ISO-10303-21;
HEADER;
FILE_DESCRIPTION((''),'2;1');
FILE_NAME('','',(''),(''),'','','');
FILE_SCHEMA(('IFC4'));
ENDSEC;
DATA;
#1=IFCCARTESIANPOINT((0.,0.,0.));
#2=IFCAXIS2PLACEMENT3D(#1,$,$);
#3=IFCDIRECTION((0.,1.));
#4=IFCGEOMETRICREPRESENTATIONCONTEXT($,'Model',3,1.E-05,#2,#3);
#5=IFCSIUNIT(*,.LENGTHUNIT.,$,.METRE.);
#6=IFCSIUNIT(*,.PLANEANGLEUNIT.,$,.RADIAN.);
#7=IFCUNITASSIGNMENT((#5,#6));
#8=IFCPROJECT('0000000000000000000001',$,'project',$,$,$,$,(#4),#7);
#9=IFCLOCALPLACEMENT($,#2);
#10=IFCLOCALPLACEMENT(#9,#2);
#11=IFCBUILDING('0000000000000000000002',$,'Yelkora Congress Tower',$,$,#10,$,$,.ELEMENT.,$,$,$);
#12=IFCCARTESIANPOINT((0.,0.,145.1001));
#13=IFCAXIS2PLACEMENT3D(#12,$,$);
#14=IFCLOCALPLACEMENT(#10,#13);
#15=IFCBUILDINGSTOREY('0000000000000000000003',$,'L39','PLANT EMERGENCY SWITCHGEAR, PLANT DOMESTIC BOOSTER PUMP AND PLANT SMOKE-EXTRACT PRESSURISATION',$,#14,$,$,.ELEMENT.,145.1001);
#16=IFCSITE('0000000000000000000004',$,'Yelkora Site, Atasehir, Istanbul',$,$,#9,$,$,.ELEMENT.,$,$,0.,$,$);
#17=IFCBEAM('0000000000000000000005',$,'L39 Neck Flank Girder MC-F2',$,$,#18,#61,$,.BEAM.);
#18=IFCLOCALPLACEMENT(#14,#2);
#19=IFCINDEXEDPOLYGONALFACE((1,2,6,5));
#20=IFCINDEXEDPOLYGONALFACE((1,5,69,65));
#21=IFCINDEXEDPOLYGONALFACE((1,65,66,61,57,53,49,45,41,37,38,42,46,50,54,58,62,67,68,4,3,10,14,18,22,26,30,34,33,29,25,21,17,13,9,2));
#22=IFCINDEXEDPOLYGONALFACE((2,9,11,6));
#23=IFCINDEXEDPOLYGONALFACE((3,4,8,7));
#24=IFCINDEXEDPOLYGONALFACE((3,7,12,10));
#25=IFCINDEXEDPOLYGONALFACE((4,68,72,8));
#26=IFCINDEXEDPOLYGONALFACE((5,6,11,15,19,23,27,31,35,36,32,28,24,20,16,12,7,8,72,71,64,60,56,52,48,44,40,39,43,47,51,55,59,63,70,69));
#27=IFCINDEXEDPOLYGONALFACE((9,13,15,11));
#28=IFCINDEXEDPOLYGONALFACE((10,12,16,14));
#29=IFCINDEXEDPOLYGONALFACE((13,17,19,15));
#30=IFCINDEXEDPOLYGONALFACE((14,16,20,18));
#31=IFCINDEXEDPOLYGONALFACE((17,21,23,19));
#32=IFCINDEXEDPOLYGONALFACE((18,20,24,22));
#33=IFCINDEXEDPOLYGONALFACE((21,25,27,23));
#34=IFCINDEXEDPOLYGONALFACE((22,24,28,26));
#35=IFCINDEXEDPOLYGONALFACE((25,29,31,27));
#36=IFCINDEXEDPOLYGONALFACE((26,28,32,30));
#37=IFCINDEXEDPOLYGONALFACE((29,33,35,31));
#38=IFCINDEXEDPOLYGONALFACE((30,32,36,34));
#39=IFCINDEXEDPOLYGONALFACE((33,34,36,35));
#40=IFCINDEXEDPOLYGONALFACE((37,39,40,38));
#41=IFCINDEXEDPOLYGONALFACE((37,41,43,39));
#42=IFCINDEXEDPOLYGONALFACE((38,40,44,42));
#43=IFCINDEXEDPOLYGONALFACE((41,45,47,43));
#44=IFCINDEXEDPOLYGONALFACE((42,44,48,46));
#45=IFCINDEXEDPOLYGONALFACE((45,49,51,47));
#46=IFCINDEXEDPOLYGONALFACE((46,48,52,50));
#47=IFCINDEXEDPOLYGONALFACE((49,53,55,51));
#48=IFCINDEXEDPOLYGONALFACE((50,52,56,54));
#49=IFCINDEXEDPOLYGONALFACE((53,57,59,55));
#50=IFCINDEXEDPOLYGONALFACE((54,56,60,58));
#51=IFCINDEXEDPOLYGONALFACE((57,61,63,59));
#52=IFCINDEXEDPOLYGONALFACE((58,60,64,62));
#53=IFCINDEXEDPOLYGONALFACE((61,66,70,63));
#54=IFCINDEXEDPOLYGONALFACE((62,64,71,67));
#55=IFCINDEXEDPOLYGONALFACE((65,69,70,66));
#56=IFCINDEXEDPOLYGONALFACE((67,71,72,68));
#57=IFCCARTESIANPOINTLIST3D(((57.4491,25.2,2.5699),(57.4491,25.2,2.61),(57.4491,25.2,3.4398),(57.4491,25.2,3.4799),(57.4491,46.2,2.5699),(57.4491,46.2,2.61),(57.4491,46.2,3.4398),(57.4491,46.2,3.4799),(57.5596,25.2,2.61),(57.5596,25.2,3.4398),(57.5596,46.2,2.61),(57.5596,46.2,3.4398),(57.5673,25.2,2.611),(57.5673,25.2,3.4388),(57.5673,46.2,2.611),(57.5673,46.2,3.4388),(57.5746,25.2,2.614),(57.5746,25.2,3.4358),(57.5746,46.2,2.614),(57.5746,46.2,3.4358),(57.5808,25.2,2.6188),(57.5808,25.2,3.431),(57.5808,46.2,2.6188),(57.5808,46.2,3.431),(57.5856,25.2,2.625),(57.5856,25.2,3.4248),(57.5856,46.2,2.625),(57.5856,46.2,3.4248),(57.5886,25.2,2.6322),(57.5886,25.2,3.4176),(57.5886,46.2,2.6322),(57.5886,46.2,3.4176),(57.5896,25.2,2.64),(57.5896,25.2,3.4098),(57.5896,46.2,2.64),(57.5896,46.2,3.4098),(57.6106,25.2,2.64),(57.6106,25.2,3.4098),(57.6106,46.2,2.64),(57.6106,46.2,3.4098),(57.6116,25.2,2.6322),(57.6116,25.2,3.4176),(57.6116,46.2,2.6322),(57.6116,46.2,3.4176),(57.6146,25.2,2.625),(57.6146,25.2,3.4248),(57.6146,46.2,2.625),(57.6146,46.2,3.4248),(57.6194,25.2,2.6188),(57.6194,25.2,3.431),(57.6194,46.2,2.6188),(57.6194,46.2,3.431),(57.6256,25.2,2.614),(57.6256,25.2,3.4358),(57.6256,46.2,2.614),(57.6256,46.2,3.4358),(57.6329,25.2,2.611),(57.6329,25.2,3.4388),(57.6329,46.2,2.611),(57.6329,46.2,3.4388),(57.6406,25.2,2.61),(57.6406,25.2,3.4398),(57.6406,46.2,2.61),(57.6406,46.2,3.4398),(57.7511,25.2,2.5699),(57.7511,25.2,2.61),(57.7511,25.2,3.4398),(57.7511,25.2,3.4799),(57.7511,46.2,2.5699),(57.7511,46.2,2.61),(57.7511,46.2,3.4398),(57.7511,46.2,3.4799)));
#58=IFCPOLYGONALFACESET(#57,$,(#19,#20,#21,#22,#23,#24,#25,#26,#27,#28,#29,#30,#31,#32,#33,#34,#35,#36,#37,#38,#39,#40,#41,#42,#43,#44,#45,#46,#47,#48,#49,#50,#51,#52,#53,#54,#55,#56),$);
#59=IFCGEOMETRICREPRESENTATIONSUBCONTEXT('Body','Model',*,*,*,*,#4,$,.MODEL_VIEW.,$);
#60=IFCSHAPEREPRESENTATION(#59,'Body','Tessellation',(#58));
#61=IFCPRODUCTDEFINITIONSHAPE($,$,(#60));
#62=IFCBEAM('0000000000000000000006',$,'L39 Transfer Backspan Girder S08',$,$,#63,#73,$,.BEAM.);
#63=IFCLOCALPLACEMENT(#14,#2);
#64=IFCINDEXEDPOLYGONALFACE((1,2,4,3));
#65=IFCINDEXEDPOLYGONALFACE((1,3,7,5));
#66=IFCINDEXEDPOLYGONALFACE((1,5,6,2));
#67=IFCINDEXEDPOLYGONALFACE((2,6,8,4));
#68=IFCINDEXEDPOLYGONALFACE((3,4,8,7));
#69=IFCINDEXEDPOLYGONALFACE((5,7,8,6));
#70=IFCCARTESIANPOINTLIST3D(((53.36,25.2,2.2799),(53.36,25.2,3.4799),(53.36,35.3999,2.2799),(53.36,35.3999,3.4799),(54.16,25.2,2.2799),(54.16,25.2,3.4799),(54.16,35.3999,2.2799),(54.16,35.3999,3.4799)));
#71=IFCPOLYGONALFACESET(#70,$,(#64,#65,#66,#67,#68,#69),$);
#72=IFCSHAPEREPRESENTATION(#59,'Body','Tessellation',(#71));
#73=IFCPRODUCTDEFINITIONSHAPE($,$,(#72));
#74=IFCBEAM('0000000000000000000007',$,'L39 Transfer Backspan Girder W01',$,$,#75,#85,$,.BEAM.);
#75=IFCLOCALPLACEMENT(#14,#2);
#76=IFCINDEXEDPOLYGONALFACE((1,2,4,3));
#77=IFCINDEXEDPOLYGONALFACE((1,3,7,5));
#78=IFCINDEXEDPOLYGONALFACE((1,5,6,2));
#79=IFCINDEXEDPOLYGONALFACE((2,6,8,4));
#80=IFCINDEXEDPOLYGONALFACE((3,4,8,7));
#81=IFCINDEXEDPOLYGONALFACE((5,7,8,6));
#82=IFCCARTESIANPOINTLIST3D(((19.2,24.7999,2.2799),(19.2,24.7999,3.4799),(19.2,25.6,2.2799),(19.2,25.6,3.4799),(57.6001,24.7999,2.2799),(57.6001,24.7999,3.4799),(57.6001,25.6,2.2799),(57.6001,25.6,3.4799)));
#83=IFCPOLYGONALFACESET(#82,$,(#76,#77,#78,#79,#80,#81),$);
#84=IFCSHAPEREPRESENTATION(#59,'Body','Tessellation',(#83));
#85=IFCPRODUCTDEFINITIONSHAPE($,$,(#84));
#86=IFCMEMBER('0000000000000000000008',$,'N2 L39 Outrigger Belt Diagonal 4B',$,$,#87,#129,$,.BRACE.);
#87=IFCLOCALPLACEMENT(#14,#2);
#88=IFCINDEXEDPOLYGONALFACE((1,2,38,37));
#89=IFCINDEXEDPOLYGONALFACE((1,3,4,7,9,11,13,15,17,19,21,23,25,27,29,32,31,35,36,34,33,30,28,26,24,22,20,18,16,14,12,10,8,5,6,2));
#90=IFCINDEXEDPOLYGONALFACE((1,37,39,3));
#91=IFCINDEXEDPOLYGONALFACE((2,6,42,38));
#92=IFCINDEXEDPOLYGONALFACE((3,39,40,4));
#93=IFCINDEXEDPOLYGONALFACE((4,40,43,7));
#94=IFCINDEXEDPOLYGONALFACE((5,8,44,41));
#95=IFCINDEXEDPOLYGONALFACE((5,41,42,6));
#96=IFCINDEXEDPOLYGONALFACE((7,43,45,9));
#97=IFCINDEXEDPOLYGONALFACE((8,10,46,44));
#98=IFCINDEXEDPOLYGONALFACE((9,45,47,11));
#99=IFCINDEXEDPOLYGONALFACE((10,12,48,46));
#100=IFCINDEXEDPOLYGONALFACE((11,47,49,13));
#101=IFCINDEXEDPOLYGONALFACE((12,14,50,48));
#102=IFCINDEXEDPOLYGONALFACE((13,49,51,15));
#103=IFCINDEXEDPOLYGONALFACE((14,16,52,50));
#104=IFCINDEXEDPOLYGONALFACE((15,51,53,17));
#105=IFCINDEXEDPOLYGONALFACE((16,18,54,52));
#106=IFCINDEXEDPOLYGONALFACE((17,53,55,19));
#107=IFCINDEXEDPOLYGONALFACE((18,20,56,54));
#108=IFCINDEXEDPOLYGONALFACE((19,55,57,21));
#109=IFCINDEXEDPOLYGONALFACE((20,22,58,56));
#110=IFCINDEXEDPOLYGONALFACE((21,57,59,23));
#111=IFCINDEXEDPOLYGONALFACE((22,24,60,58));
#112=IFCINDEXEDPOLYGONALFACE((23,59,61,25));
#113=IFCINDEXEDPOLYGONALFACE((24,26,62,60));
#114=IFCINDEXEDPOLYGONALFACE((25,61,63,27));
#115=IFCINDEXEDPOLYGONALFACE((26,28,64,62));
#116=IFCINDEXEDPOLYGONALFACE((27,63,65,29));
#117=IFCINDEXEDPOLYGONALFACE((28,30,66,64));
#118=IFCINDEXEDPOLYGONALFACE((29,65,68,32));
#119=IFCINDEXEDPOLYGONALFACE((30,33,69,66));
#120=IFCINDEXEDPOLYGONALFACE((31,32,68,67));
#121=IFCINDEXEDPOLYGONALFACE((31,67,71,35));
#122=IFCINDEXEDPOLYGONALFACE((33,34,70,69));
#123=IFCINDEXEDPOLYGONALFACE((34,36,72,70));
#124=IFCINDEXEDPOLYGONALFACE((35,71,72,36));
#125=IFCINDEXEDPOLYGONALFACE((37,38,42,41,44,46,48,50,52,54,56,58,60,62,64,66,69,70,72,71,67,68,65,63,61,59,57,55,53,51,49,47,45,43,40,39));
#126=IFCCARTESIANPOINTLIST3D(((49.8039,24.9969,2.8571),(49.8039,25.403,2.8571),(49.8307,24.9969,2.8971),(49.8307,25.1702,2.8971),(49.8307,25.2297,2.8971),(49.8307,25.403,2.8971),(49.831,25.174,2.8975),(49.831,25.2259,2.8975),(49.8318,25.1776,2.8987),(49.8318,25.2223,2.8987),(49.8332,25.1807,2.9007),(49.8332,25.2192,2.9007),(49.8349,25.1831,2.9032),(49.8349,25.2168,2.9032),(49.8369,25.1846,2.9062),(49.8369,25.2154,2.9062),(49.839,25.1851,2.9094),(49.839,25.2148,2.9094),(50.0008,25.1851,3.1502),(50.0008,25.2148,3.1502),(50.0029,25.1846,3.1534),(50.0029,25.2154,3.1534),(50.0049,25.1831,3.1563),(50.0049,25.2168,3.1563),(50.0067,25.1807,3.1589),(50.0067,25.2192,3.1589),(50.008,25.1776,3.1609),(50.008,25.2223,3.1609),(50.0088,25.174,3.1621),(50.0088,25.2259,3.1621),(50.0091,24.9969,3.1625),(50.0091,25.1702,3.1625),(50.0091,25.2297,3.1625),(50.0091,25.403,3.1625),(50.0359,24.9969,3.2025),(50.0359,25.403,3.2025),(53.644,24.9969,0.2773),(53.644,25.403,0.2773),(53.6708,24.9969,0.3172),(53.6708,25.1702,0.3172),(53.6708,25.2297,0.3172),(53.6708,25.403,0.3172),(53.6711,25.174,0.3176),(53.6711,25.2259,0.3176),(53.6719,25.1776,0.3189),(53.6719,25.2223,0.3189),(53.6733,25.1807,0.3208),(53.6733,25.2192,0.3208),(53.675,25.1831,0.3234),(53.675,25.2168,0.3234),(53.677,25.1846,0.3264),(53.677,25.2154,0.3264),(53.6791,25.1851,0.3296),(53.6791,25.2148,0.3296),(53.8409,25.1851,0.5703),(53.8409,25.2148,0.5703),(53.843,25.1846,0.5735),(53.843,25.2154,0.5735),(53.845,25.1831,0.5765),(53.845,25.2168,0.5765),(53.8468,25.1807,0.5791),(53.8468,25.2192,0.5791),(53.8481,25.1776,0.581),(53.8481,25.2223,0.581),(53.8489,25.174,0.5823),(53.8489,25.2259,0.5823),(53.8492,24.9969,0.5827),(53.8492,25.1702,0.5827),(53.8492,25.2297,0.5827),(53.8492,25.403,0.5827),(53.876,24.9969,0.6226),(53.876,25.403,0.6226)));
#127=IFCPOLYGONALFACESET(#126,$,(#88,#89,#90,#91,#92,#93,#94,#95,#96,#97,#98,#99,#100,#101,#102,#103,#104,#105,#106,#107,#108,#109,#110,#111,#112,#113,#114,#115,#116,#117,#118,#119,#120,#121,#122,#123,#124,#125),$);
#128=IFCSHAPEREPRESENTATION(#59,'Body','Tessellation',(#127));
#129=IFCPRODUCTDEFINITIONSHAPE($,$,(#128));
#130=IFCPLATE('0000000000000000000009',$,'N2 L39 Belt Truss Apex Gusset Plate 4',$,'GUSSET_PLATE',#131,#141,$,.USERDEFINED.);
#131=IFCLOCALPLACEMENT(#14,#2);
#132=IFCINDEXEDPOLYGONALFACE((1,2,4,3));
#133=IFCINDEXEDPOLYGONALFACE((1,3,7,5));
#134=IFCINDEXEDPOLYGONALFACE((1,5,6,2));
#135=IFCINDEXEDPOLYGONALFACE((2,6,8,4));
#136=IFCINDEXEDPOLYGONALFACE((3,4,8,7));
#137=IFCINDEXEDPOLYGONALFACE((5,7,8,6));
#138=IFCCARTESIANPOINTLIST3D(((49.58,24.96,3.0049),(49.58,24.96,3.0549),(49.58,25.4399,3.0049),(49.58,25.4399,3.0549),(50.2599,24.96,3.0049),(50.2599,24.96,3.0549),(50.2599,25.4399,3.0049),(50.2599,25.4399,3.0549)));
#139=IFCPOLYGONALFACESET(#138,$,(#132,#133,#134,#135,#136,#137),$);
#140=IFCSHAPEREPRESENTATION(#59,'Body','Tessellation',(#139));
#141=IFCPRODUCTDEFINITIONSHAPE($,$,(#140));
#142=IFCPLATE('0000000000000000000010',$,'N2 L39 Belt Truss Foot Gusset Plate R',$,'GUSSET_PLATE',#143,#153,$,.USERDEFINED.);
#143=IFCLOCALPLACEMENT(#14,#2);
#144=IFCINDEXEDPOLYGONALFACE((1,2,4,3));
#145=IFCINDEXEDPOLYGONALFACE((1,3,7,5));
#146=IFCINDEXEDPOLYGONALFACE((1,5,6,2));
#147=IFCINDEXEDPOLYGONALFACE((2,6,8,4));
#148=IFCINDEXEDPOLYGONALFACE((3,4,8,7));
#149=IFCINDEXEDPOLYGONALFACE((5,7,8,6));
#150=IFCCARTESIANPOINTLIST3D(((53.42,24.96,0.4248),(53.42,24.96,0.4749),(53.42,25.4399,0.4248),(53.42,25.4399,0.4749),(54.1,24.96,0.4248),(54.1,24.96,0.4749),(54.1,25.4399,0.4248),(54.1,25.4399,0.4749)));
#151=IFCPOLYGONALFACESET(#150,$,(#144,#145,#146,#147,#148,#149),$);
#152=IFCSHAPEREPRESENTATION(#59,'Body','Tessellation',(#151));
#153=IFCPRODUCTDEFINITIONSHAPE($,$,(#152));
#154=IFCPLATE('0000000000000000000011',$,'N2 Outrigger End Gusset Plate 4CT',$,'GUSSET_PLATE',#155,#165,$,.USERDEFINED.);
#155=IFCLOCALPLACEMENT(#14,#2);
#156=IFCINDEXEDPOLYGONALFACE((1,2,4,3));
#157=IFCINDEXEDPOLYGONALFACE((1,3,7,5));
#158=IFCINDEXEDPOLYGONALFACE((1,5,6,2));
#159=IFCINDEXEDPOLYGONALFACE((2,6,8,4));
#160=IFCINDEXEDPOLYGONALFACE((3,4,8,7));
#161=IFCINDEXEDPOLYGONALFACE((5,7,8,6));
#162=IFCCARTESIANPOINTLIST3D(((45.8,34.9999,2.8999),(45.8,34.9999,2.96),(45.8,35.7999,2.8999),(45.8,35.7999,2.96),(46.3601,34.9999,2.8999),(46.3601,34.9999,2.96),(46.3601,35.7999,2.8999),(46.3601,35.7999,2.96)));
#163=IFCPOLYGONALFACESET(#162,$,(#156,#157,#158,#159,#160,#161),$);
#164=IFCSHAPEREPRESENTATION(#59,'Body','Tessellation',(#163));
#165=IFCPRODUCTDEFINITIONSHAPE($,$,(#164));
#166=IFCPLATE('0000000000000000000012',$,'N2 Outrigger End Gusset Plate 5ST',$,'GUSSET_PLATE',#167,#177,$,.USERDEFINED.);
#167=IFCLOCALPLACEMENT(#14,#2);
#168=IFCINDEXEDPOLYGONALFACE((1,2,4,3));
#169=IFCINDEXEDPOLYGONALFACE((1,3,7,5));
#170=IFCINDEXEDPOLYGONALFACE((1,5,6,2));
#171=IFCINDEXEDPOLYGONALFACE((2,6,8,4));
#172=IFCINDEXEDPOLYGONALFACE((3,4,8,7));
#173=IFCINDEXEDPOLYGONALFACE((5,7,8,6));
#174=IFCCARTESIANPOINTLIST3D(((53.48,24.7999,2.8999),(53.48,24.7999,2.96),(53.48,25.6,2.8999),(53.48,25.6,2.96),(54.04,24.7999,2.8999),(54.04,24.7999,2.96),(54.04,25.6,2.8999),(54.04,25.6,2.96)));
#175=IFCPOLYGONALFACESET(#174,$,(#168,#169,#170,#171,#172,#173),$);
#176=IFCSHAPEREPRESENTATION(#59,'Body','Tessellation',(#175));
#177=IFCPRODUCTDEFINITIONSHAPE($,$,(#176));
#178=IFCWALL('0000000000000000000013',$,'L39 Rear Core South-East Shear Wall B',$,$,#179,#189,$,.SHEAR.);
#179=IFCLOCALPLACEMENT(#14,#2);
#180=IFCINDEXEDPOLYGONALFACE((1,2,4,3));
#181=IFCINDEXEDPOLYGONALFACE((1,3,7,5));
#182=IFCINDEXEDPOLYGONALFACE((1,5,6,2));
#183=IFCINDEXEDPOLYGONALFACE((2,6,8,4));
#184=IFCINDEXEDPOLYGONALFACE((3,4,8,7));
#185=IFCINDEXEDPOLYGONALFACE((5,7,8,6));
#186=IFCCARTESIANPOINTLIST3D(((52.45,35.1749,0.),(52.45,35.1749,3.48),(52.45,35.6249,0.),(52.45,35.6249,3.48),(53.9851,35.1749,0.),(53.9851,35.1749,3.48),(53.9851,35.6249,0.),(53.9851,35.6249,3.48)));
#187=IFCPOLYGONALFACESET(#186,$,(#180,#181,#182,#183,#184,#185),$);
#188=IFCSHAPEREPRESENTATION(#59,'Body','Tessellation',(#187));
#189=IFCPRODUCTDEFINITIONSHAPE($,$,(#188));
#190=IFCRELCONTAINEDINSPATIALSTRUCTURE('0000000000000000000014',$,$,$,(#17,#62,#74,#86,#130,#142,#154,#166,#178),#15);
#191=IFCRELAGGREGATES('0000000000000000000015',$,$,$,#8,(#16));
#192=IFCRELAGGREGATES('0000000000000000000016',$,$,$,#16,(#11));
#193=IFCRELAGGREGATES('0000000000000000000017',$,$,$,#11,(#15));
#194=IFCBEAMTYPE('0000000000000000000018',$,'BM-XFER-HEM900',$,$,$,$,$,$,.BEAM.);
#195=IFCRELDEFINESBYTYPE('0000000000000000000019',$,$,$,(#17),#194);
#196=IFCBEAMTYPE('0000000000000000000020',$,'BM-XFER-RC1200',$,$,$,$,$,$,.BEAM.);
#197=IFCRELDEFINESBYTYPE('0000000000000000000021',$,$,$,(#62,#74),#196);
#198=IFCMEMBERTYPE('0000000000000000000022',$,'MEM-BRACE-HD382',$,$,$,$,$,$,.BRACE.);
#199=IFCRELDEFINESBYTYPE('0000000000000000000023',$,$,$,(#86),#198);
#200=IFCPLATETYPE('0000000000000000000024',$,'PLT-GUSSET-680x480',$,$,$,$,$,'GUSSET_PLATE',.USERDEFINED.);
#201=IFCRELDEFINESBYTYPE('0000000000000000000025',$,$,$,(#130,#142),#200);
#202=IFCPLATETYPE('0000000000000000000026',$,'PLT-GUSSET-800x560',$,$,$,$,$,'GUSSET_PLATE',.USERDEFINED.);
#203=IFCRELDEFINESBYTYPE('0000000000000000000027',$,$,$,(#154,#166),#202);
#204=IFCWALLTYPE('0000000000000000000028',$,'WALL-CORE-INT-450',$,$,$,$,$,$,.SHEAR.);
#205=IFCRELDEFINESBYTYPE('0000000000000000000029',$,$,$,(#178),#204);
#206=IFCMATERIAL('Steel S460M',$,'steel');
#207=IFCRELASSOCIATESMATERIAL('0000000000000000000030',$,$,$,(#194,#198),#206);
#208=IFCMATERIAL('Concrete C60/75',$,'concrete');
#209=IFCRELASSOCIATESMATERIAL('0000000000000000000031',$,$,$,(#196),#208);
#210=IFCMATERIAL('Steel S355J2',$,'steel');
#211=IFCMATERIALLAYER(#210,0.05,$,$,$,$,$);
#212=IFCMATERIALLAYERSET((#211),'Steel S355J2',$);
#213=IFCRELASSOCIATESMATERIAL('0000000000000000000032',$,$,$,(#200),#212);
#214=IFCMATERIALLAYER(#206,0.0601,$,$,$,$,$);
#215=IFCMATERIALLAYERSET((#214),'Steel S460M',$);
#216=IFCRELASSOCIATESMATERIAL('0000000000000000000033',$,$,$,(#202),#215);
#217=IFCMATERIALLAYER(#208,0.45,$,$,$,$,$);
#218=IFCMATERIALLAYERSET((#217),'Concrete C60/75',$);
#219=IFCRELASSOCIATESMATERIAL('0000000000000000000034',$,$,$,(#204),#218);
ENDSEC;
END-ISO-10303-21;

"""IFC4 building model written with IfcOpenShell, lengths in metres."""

from ifc_helpers import new_model, si_unit, direction, frame, frame_2d, origin, origin_2d, place, context, subcontext, project, spatial, rectangle, i_section, extrude, material, layer, layer_set, material_profile, profile_set, type_object, element, save


model = new_model("IFC4")

# Units and contexts
model_context = context("Model", 3, precision=1e-05, world=origin(), true_north=direction((0.0, 1.0)))
body_context = subcontext(model_context, "Body", "Model", "MODEL_VIEW")
ifc_project = project(units=[si_unit("LENGTHUNIT", "METRE"), si_unit("PLANEANGLEUNIT", "RADIAN")], contexts=[model_context])

# Site, building, storey
site_placement = place(None, origin())
site = spatial("IfcSite", under=ifc_project, at=site_placement, Name="Yelkora Site, Atasehir, Istanbul", CompositionType="ELEMENT", RefElevation=0.0)
building_placement = place(site_placement, origin())
building = spatial("IfcBuilding", under=site, at=building_placement, Name="Yelkora Congress Tower", CompositionType="ELEMENT")
storey_placement = place(building_placement, frame((0.0, 0.0, 145.1001)))
storey = spatial("IfcBuildingStorey", under=building, at=storey_placement, Name="L39", Description="PLANT EMERGENCY SWITCHGEAR, PLANT DOMESTIC BOOSTER PUMP AND PLANT SMOKE-EXTRACT PRESSURISATION", CompositionType="ELEMENT", Elevation=145.1001)

# Shared definitions
ifc_material_1 = material(Name="Steel S460M", Category="steel")

# Beams
ifc_material_profile_1 = material_profile(ifc_material_1, i_section(OverallWidth=0.302, OverallDepth=0.9099, WebThickness=0.021, FlangeThickness=0.04, FilletRadius=0.03, at=origin_2d()), Name="HEM 900")
ifc_profile_set_1 = profile_set([ifc_material_profile_1], Name="Steel S460M")
beam_type_1 = type_object("IfcBeamType", Name="BM-XFER-HEM900", PredefinedType="BEAM", material=ifc_profile_set_1)
beam_1_placement = place(storey_placement, frame((57.6001, 25.2, 3.0249), z_axis=(0.0, 1.0, 0.0), x_axis=(-1.0, 0.0, 0.0)))
element("IfcBeam", 1, at=beam_1_placement, inside=storey, type_object=beam_type_1, Name="L39 Neck Flank Girder MC-F2", PredefinedType="BEAM", context=body_context, shape_type="SweptSolid", body=[
    extrude(i_section(OverallWidth=0.302, OverallDepth=0.9099, WebThickness=0.021, FlangeThickness=0.04, FilletRadius=0.03, at=origin_2d()), origin(), (0.0, 0.0, 1.0), 21.0),
])
ifc_material_2 = material(Name="Concrete C60/75", Category="concrete")
ifc_material_profile_2 = material_profile(ifc_material_2, rectangle(XDim=0.8, YDim=1.2, at=origin_2d()), Name="RC 800x1200")
ifc_profile_set_2 = profile_set([ifc_material_profile_2], Name="Concrete C60/75")
beam_type_2 = type_object("IfcBeamType", Name="BM-XFER-RC1200", PredefinedType="BEAM", material=ifc_profile_set_2)
beam_2_placement = place(storey_placement, frame((53.76, 35.3999, 2.8799), z_axis=(0.0, -1.0, 0.0), x_axis=(1.0, 0.0, 0.0)))
element("IfcBeam", 2, at=beam_2_placement, inside=storey, type_object=beam_type_2, Name="L39 Transfer Backspan Girder S08", PredefinedType="BEAM", context=body_context, shape_type="SweptSolid", body=[
    extrude(rectangle(XDim=0.8, YDim=1.2, at=origin_2d()), origin(), (0.0, 0.0, 1.0), 10.2),
])
beam_3_placement = place(storey_placement, frame((57.6001, 25.2, 2.8799), z_axis=(-1.0, 0.0, 0.0), x_axis=(0.0, -1.0, 0.0)))
element("IfcBeam", 3, at=beam_3_placement, inside=storey, type_object=beam_type_2, Name="L39 Transfer Backspan Girder W01", PredefinedType="BEAM", context=body_context, shape_type="SweptSolid", body=[
    extrude(rectangle(XDim=0.8, YDim=1.2, at=origin_2d()), origin(), (0.0, 0.0, 1.0), 38.4001),
])

# Member
ifc_material_profile_3 = material_profile(ifc_material_1, i_section(OverallWidth=0.406, OverallDepth=0.416, WebThickness=0.0298, FlangeThickness=0.0481, FilletRadius=0.0149, at=origin_2d()), Name="HD 400x382")
ifc_profile_set_3 = profile_set([ifc_material_profile_3], Name="Steel S460M")
member_type = type_object("IfcMemberType", Name="MEM-BRACE-HD382", PredefinedType="BRACE", material=ifc_profile_set_3)
member_placement = place(storey_placement, frame((53.76, 25.2, 0.45), z_axis=(-0.830072, 0.0, 0.557656), x_axis=(0.0, -1.0, 0.0)))
element("IfcMember", 4, at=member_placement, inside=storey, type_object=member_type, Name="N2 L39 Outrigger Belt Diagonal 4B", PredefinedType="BRACE", context=body_context, shape_type="SweptSolid", body=[
    extrude(i_section(OverallWidth=0.406, OverallDepth=0.416, WebThickness=0.0298, FlangeThickness=0.0481, FilletRadius=0.0149, at=origin_2d()), origin(), (0.0, 0.0, 1.0), 4.6262),
])

# Plates
ifc_material_3 = material(Name="Steel S355J2", Category="steel")
ifc_layer_1 = layer(ifc_material_3, 0.05)
ifc_layer_set_1 = layer_set([ifc_layer_1], Name="Steel S355J2")
plate_type_1 = type_object("IfcPlateType", Name="PLT-GUSSET-680x480", ElementType="GUSSET_PLATE", PredefinedType="USERDEFINED", material=ifc_layer_set_1)
for number, where, z_axis, x_axis, name in (
    (5, (49.9199, 25.2, 3.0049), (0.0, 0.0, 1.0), (1.0, 0.0, 0.0), "N2 L39 Belt Truss Apex Gusset Plate 4"),
    (6, (53.76, 25.2, 0.4248), (0.0, 0.0, 1.0), (1.0, 0.0, 0.0), "N2 L39 Belt Truss Foot Gusset Plate R"),
):
    element("IfcPlate", number, at=place(storey_placement, frame(where, z_axis=z_axis, x_axis=x_axis)), inside=storey, type_object=plate_type_1, Name=name, ObjectType="GUSSET_PLATE", PredefinedType="USERDEFINED", context=body_context, shape_type="SweptSolid", body=[
        extrude(rectangle(XDim=0.6799, YDim=0.48, at=origin_2d()), origin(), (0.0, 0.0, 1.0), 0.05),
    ])
ifc_layer_2 = layer(ifc_material_1, 0.0601)
ifc_layer_set_2 = layer_set([ifc_layer_2], Name="Steel S460M")
plate_type_2 = type_object("IfcPlateType", Name="PLT-GUSSET-800x560", ElementType="GUSSET_PLATE", PredefinedType="USERDEFINED", material=ifc_layer_set_2)
for number, where, z_axis, x_axis, name in (
    (7, (46.0801, 35.3999, 2.8999), (0.0, 0.0, 1.0), (0.0, 1.0, 0.0), "N2 Outrigger End Gusset Plate 4CT"),
    (8, (53.76, 25.2, 2.8999), (0.0, 0.0, 1.0), (0.0, 1.0, 0.0), "N2 Outrigger End Gusset Plate 5ST"),
):
    element("IfcPlate", number, at=place(storey_placement, frame(where, z_axis=z_axis, x_axis=x_axis)), inside=storey, type_object=plate_type_2, Name=name, ObjectType="GUSSET_PLATE", PredefinedType="USERDEFINED", context=body_context, shape_type="SweptSolid", body=[
        extrude(rectangle(XDim=0.8, YDim=0.5601, at=origin_2d()), origin(), (0.0, 0.0, 1.0), 0.0601),
    ])

# Wall
ifc_layer_3 = layer(ifc_material_2, 0.45)
ifc_layer_set_3 = layer_set([ifc_layer_3], Name="Concrete C60/75")
wall_type_1 = type_object("IfcWallType", Name="WALL-CORE-INT-450", PredefinedType="SHEAR", material=ifc_layer_set_3)
wall_1_placement = place(storey_placement, frame((52.45, 35.3999, 0.0), z_axis=(0.0, 0.0, 1.0), x_axis=(1.0, 0.0, 0.0)))
element("IfcWall", 9, at=wall_1_placement, inside=storey, type_object=wall_type_1, Name="L39 Rear Core South-East Shear Wall B", PredefinedType="SHEAR", context=body_context, shape_type="SweptSolid", body=[
    extrude(rectangle(XDim=1.5352, YDim=0.45, at=frame_2d((0.7676, 0.0))), origin(), (0.0, 0.0, 1.0), 3.48),
])

save(model, "model.ifc")
